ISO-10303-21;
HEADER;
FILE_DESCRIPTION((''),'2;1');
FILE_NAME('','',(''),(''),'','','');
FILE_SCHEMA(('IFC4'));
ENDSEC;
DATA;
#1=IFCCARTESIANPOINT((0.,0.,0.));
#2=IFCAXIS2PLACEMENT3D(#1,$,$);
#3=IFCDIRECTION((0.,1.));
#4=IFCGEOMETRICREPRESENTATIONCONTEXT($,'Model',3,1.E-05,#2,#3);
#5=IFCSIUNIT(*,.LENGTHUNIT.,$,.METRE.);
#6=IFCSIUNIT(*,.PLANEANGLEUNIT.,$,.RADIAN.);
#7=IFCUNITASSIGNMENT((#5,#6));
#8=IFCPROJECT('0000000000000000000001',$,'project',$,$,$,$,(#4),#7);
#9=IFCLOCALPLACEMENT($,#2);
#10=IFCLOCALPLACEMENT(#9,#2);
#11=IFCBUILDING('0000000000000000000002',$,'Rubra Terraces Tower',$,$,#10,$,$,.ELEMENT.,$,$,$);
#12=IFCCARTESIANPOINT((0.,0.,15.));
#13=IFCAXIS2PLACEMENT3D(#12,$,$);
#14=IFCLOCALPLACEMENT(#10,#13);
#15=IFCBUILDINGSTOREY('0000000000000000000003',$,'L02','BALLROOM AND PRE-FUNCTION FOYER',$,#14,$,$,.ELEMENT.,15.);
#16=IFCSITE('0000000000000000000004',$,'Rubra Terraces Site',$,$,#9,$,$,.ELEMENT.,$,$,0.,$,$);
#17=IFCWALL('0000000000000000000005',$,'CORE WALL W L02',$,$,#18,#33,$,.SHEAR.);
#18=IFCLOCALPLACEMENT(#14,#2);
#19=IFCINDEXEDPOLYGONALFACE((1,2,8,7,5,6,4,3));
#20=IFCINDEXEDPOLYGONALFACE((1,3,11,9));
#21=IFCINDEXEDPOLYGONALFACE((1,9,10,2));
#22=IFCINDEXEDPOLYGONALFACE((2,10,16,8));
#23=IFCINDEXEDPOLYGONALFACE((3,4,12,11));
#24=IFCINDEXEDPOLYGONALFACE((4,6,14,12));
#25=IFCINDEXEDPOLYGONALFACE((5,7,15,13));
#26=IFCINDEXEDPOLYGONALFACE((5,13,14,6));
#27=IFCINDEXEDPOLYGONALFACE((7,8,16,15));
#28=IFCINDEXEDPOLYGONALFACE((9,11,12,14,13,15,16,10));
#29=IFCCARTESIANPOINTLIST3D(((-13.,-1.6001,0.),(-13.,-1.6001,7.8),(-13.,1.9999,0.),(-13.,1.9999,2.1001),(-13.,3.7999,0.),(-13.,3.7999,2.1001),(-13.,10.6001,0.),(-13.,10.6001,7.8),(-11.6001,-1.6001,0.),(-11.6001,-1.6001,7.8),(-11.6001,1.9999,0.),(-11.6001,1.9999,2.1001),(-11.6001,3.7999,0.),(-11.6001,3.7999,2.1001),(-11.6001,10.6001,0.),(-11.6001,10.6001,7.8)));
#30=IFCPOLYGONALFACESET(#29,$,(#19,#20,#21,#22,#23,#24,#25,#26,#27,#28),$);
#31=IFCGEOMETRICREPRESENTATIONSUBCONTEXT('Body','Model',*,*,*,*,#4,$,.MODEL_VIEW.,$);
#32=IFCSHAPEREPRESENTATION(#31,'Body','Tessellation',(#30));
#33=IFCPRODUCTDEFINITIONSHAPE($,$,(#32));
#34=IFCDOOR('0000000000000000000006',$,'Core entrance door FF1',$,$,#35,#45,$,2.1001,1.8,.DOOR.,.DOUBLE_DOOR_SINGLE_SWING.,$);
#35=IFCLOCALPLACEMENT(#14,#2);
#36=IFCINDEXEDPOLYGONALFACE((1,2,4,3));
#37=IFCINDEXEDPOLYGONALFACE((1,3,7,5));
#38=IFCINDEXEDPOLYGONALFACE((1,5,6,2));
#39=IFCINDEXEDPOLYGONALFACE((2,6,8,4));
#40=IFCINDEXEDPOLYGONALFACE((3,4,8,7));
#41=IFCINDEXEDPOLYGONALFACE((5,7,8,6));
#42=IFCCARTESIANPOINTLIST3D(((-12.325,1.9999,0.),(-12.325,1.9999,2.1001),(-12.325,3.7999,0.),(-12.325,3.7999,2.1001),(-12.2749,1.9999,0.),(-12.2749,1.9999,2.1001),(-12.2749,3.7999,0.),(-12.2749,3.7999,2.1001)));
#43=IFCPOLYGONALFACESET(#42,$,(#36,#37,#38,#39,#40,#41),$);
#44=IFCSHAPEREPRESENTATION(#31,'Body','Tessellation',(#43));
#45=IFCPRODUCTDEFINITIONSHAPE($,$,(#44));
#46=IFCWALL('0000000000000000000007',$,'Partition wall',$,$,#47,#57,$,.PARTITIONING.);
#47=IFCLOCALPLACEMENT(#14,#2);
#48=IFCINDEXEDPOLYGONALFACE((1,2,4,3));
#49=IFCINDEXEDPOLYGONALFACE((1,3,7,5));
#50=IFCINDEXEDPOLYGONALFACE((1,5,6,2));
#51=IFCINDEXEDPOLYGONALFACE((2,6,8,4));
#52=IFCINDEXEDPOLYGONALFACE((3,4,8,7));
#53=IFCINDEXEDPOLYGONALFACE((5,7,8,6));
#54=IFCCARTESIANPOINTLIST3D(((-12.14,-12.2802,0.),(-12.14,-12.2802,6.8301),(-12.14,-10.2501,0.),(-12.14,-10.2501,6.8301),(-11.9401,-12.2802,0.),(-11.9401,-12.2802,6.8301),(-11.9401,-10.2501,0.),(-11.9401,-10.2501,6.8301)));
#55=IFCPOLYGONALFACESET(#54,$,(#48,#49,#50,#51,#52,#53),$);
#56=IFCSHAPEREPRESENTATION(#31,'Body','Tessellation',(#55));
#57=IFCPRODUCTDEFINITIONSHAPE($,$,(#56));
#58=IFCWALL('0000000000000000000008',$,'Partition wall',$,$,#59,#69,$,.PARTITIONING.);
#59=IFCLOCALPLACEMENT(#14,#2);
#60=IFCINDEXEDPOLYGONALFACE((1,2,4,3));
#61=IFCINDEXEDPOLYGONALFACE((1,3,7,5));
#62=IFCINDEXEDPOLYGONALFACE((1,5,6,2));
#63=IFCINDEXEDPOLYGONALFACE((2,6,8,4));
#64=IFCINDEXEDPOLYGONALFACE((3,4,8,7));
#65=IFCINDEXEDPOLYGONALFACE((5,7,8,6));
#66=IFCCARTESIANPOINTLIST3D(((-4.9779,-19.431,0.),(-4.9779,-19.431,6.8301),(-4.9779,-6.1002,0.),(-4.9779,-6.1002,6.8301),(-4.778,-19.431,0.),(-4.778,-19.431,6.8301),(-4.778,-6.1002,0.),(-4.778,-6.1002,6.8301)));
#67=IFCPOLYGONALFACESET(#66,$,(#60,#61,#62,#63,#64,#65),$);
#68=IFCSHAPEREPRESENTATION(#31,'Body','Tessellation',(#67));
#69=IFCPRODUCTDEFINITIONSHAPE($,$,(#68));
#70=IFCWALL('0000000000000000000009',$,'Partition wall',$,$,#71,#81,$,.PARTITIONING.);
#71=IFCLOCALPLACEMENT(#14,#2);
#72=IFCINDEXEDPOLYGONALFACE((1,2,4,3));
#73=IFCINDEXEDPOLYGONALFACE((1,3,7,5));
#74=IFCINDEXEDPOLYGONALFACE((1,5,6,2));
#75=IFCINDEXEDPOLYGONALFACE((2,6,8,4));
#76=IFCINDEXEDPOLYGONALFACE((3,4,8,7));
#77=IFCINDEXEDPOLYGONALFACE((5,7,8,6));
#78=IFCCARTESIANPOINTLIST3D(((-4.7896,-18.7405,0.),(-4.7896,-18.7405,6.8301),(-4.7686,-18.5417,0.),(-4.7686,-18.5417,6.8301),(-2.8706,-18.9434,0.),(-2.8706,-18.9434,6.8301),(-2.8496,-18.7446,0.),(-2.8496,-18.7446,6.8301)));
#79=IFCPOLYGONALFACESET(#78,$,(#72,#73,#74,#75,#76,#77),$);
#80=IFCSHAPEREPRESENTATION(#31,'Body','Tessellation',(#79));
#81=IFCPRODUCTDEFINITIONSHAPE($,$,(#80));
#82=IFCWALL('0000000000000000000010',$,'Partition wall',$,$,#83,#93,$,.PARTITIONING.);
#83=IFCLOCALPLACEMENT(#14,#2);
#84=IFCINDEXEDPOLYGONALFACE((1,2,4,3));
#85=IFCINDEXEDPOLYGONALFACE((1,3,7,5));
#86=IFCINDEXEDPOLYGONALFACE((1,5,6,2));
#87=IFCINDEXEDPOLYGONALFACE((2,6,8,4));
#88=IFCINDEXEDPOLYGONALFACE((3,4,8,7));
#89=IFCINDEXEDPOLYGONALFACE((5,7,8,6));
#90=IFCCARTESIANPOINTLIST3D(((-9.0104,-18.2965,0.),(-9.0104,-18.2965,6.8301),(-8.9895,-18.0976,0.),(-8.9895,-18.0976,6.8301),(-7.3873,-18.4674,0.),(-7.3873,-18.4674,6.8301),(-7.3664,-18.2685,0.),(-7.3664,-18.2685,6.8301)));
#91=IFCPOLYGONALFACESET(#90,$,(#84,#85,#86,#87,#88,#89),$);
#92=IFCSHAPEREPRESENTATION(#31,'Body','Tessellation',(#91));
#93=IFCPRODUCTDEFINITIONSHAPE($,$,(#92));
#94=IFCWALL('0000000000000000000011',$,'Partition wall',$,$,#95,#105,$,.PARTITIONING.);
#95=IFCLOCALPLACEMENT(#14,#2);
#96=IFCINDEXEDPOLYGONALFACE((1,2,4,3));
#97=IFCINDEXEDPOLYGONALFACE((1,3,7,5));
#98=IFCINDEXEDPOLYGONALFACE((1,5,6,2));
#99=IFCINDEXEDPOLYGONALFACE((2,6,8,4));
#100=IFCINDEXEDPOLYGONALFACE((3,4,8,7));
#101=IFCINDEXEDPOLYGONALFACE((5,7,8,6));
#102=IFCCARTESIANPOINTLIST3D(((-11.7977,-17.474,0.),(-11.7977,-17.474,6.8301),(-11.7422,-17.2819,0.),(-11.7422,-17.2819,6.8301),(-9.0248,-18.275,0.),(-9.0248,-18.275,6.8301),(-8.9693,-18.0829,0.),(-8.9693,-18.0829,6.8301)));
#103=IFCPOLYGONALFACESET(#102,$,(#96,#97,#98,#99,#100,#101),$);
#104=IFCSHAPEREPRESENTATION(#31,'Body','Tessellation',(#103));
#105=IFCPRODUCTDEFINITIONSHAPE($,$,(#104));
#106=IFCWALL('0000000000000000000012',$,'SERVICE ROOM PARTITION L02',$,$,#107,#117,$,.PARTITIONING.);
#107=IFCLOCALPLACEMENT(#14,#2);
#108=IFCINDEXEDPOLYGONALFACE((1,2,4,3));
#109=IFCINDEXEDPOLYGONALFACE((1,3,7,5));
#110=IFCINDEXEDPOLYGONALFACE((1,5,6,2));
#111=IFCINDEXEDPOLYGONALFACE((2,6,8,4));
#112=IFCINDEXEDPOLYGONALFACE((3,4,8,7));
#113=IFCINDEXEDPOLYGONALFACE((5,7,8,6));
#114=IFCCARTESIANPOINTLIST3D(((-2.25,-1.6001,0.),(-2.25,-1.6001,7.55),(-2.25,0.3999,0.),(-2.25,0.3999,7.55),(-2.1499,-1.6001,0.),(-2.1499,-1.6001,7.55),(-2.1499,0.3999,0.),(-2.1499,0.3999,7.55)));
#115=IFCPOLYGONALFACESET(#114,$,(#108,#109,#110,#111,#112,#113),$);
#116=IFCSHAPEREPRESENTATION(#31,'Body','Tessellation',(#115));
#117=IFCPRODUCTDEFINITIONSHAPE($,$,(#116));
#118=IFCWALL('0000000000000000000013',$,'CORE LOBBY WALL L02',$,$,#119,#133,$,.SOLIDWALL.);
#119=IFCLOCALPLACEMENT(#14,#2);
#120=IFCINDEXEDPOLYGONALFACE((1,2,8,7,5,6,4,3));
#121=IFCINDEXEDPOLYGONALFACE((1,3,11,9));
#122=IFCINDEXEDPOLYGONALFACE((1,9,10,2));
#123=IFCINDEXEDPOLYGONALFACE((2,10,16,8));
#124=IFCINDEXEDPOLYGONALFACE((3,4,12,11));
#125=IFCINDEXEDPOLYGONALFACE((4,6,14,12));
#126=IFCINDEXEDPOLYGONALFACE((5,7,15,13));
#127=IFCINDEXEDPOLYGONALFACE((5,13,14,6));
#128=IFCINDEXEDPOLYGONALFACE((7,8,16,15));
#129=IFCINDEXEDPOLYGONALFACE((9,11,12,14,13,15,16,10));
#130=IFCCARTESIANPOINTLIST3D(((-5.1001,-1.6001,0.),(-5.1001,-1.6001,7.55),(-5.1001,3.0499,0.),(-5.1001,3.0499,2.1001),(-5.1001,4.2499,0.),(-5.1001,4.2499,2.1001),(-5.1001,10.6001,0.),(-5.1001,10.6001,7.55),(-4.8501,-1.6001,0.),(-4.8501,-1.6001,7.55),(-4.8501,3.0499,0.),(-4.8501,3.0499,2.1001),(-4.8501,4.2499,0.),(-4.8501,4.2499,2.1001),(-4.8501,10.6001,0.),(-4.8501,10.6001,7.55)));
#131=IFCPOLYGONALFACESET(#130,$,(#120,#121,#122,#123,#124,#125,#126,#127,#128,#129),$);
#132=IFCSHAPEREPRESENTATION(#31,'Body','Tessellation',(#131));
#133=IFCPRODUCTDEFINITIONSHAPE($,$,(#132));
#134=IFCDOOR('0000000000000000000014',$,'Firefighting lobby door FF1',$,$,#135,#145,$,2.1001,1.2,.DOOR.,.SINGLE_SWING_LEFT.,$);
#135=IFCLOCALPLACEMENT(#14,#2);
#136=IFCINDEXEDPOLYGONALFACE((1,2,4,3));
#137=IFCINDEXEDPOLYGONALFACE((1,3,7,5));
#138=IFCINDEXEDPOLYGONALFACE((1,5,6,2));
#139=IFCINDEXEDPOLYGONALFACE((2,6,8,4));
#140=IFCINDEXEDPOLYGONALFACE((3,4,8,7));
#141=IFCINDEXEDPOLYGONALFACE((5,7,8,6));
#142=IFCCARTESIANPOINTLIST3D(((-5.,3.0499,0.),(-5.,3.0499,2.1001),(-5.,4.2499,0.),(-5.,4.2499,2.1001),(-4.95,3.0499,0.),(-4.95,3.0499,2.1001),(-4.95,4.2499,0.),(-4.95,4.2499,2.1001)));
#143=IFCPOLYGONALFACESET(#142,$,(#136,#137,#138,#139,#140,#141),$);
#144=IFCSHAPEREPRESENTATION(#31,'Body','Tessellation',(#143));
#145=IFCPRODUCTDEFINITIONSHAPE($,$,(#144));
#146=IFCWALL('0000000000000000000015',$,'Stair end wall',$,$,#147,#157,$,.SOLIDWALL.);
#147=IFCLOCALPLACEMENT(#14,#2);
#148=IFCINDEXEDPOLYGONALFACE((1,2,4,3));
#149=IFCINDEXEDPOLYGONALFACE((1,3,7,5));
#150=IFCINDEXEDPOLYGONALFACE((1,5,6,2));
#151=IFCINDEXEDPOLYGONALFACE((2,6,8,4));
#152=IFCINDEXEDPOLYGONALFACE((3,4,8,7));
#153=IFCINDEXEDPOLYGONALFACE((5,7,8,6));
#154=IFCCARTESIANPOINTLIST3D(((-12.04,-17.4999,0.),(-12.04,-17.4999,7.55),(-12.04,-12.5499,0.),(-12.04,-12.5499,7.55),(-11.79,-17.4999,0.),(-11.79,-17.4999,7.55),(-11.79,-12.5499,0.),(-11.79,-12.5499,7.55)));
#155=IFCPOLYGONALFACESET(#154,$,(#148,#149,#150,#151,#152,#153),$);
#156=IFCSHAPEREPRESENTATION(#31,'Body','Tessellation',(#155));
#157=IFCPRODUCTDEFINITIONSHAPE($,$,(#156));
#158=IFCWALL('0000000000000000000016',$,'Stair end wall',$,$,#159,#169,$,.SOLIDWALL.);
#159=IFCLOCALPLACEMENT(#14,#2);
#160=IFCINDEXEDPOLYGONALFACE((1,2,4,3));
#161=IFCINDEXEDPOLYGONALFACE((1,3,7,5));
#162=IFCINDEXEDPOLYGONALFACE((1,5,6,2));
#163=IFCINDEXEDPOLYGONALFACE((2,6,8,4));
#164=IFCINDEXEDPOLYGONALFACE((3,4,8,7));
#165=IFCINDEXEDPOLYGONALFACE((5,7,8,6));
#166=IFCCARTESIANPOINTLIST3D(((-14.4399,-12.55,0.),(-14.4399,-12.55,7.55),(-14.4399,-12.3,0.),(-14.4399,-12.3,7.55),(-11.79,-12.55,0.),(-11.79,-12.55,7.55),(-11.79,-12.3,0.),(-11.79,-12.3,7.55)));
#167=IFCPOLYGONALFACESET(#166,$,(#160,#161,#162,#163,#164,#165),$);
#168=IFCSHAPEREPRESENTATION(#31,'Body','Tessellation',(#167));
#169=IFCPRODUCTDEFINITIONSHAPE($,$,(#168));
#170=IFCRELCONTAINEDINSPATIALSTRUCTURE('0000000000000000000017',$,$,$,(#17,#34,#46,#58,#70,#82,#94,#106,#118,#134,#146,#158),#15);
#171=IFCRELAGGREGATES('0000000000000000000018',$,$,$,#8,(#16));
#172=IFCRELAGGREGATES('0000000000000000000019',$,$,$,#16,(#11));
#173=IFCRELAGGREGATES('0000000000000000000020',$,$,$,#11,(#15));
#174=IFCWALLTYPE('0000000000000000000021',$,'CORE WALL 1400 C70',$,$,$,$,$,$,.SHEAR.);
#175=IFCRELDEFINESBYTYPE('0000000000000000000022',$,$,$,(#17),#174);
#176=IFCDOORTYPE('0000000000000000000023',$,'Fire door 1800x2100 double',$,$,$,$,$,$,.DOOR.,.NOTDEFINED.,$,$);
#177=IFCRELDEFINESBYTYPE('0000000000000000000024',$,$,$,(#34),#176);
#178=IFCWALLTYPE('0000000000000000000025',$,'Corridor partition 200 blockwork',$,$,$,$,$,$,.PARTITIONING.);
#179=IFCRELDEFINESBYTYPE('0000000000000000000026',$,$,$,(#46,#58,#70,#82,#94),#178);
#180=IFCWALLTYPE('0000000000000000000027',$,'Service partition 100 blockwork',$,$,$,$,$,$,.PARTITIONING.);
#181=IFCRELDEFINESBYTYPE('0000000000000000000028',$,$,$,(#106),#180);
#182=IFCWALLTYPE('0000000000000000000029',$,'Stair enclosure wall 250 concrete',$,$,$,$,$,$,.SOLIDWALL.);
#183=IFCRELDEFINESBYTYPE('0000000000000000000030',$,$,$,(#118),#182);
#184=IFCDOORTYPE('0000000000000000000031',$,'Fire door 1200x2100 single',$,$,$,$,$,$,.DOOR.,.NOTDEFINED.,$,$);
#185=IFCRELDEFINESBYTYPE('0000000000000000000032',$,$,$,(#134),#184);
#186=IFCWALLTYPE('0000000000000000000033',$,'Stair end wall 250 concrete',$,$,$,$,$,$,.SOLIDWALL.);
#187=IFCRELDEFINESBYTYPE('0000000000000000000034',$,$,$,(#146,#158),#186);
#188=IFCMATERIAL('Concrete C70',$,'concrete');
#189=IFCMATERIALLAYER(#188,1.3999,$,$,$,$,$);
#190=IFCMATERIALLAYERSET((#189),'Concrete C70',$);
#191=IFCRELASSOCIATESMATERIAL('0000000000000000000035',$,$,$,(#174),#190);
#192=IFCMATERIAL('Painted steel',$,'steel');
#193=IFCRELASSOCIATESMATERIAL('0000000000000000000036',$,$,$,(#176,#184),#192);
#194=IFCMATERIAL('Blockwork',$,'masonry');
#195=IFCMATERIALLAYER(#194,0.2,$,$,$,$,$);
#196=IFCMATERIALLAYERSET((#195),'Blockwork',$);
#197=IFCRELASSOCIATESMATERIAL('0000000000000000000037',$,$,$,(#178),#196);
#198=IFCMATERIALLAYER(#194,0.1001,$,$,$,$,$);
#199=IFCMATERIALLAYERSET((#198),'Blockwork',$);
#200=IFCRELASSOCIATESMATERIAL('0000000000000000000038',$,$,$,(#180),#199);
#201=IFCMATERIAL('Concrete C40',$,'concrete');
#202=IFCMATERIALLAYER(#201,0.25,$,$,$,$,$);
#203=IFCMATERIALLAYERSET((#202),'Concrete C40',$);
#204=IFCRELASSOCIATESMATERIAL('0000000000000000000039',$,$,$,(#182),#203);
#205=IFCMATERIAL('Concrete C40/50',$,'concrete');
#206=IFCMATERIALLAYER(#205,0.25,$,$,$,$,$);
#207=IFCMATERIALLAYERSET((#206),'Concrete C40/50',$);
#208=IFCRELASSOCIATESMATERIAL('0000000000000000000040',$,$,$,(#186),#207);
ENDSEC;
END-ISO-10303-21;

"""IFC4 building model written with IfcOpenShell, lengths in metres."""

from ifc_helpers import new_model, si_unit, direction, frame, frame_2d, origin, place, context, subcontext, project, spatial, rectangle, extrude, material, layer, layer_set, type_object, element, fill, save


model = new_model("IFC4")

# Units and contexts
model_context = context("Model", 3, precision=1e-05, world=origin(), true_north=direction((0.0, 1.0)))
body_context = subcontext(model_context, "Body", "Model", "MODEL_VIEW")
ifc_project = project(units=[si_unit("LENGTHUNIT", "METRE"), si_unit("PLANEANGLEUNIT", "RADIAN")], contexts=[model_context])

# Site, building, storey
site_placement = place(None, origin())
site = spatial("IfcSite", under=ifc_project, at=site_placement, Name="Rubra Terraces Site", CompositionType="ELEMENT", RefElevation=0.0)
building_placement = place(site_placement, origin())
building = spatial("IfcBuilding", under=site, at=building_placement, Name="Rubra Terraces Tower", CompositionType="ELEMENT")
storey_placement = place(building_placement, frame((0.0, 0.0, 15.0)))
storey = spatial("IfcBuildingStorey", under=building, at=storey_placement, Name="L02", Description="BALLROOM AND PRE-FUNCTION FOYER", CompositionType="ELEMENT", Elevation=15.0)

# Shared definitions
ifc_material_1 = material(Name="Concrete C70", Category="concrete")
ifc_layer_1 = layer(ifc_material_1, 1.3999)
ifc_layer_set_1 = layer_set([ifc_layer_1], Name="Concrete C70")
wall_type_1 = type_object("IfcWallType", Name="CORE WALL 1400 C70", PredefinedType="SHEAR", material=ifc_layer_set_1)
ifc_material_2 = material(Name="Painted steel", Category="steel")

# Wall, opening, door
wall_1_placement = place(storey_placement, frame((-12.3, -1.6001, 0.0), z_axis=(0.0, 0.0, 1.0), x_axis=(0.0, 1.0, 0.0)))
wall_1 = element("IfcWall", 1, at=wall_1_placement, inside=storey, type_object=wall_type_1, Name="CORE WALL W L02", PredefinedType="SHEAR", context=body_context, shape_type="SweptSolid", body=[
    extrude(rectangle(XDim=12.2002, YDim=1.3999, at=frame_2d((6.1001, 0.0))), origin(), (0.0, 0.0, 1.0), 7.8),
])
opening_1_placement = place(wall_1_placement, frame((3.6001, 0.0, 0.0)))
opening_1 = element("IfcOpeningElement", 2, at=opening_1_placement, cuts=wall_1, PredefinedType="OPENING", context=body_context, shape_type="SweptSolid", body=[
    extrude(rectangle(XDim=1.8, YDim=2.1001, at=frame_2d((0.8999, 1.05))), frame((0.0, 0.71, 0.0), z_axis=(0.0, -1.0, 0.0), x_axis=(1.0, 0.0, 0.0)), (0.0, 0.0, 1.0), 1.4199),
])
door_type_1 = type_object("IfcDoorType", Name="Fire door 1800x2100 double", OperationType="NOTDEFINED", PredefinedType="DOOR", material=ifc_material_2)
door_1_placement = place(opening_1_placement, origin())
door_1 = element("IfcDoor", 3, at=door_1_placement, inside=storey, type_object=door_type_1, Name="Core entrance door FF1", OperationType="DOUBLE_DOOR_SINGLE_SWING", OverallHeight=2.1001, OverallWidth=1.8, PredefinedType="DOOR", context=body_context, shape_type="SweptSolid", body=[
    extrude(rectangle(XDim=1.8, YDim=2.1001, at=frame_2d((0.8999, 1.05))), frame((0.0, 0.0249, 0.0), z_axis=(0.0, -1.0, 0.0), x_axis=(1.0, 0.0, 0.0)), (0.0, 0.0, 1.0), 0.05),
])
fill(opening_1, door_1)

# Walls
ifc_material_3 = material(Name="Blockwork", Category="masonry")
ifc_layer_2 = layer(ifc_material_3, 0.2)
ifc_layer_set_2 = layer_set([ifc_layer_2], Name="Blockwork")
wall_type_2 = type_object("IfcWallType", Name="Corridor partition 200 blockwork", PredefinedType="PARTITIONING", material=ifc_layer_set_2)
wall_2_placement = place(storey_placement, frame((-12.04, -10.25, 0.0), z_axis=(0.0, 0.0, 1.0), x_axis=(0.0, -1.0, 0.0)))
element("IfcWall", 4, at=wall_2_placement, inside=storey, type_object=wall_type_2, Name="Partition wall", PredefinedType="PARTITIONING", context=body_context, shape_type="SweptSolid", body=[
    extrude(rectangle(XDim=2.03, YDim=0.2, at=frame_2d((1.0151, 0.0))), origin(), (0.0, 0.0, 1.0), 6.8301),
])
wall_3_placement = place(storey_placement, frame((-4.8779, -6.1001, 0.0), z_axis=(0.0, 0.0, 1.0), x_axis=(0.0, -1.0, 0.0)))
element("IfcWall", 5, at=wall_3_placement, inside=storey, type_object=wall_type_2, Name="Partition wall", PredefinedType="PARTITIONING", context=body_context, shape_type="SweptSolid", body=[
    extrude(rectangle(XDim=13.3308, YDim=0.2, at=frame_2d((6.6655, 0.0))), origin(), (0.0, 0.0, 1.0), 6.8301),
])
wall_4_placement = place(storey_placement, frame((-2.8601, -18.844, 0.0), z_axis=(0.0, 0.0, 1.0), x_axis=(-0.994458, 0.105139, 0.0)))
element("IfcWall", 6, at=wall_4_placement, inside=storey, type_object=wall_type_2, Name="Partition wall", PredefinedType="PARTITIONING", context=body_context, shape_type="SweptSolid", body=[
    extrude(rectangle(XDim=1.9297, YDim=0.2, at=frame_2d((0.9648, 0.0))), origin(), (0.0, 0.0, 1.0), 6.8301),
])
wall_5_placement = place(storey_placement, frame((-7.377, -18.3679, 0.0), z_axis=(0.0, 0.0, 1.0), x_axis=(-0.994502, 0.104716, 0.0)))
element("IfcWall", 7, at=wall_5_placement, inside=storey, type_object=wall_type_2, Name="Partition wall", PredefinedType="PARTITIONING", context=body_context, shape_type="SweptSolid", body=[
    extrude(rectangle(XDim=1.6321, YDim=0.2, at=frame_2d((0.8159, 0.0))), origin(), (0.0, 0.0, 1.0), 6.8301),
])
wall_6_placement = place(storey_placement, frame((-8.9971, -18.179, 0.0), z_axis=(0.0, 0.0, 1.0), x_axis=(-0.960719, 0.277524, 0.0)))
element("IfcWall", 8, at=wall_6_placement, inside=storey, type_object=wall_type_2, Name="Partition wall", PredefinedType="PARTITIONING", context=body_context, shape_type="SweptSolid", body=[
    extrude(rectangle(XDim=2.8862, YDim=0.2, at=frame_2d((1.4431, 0.0))), origin(), (0.0, 0.0, 1.0), 6.8301),
])
ifc_layer_3 = layer(ifc_material_3, 0.1001)
ifc_layer_set_3 = layer_set([ifc_layer_3], Name="Blockwork")
wall_type_3 = type_object("IfcWallType", Name="Service partition 100 blockwork", PredefinedType="PARTITIONING", material=ifc_layer_set_3)
wall_7_placement = place(storey_placement, frame((-2.2, -1.6001, 0.0), z_axis=(0.0, 0.0, 1.0), x_axis=(0.0, 1.0, 0.0)))
element("IfcWall", 9, at=wall_7_placement, inside=storey, type_object=wall_type_3, Name="SERVICE ROOM PARTITION L02", PredefinedType="PARTITIONING", context=body_context, shape_type="SweptSolid", body=[
    extrude(rectangle(XDim=2.0, YDim=0.1001, at=frame_2d((1.0, 0.0))), origin(), (0.0, 0.0, 1.0), 7.55),
])

# Wall, opening, door
ifc_material_4 = material(Name="Concrete C40", Category="concrete")
ifc_layer_4 = layer(ifc_material_4, 0.25)
ifc_layer_set_4 = layer_set([ifc_layer_4], Name="Concrete C40")
wall_type_4 = type_object("IfcWallType", Name="Stair enclosure wall 250 concrete", PredefinedType="SOLIDWALL", material=ifc_layer_set_4)
wall_8_placement = place(storey_placement, frame((-4.9751, -1.6001, 0.0), z_axis=(0.0, 0.0, 1.0), x_axis=(0.0, 1.0, 0.0)))
wall_8 = element("IfcWall", 10, at=wall_8_placement, inside=storey, type_object=wall_type_4, Name="CORE LOBBY WALL L02", PredefinedType="SOLIDWALL", context=body_context, shape_type="SweptSolid", body=[
    extrude(rectangle(XDim=12.2002, YDim=0.25, at=frame_2d((6.1001, 0.0))), origin(), (0.0, 0.0, 1.0), 7.55),
])
opening_2_placement = place(wall_8_placement, frame((4.6499, 0.0, 0.0)))
opening_2 = element("IfcOpeningElement", 11, at=opening_2_placement, cuts=wall_8, PredefinedType="OPENING", context=body_context, shape_type="SweptSolid", body=[
    extrude(rectangle(XDim=1.2, YDim=2.1001, at=frame_2d((0.6001, 1.05))), frame((0.0, 0.135, 0.0), z_axis=(0.0, -1.0, 0.0), x_axis=(1.0, 0.0, 0.0)), (0.0, 0.0, 1.0), 0.27),
])
door_type_2 = type_object("IfcDoorType", Name="Fire door 1200x2100 single", OperationType="NOTDEFINED", PredefinedType="DOOR", material=ifc_material_2)
door_2_placement = place(opening_2_placement, origin())
door_2 = element("IfcDoor", 12, at=door_2_placement, inside=storey, type_object=door_type_2, Name="Firefighting lobby door FF1", OperationType="SINGLE_SWING_LEFT", OverallHeight=2.1001, OverallWidth=1.2, PredefinedType="DOOR", context=body_context, shape_type="SweptSolid", body=[
    extrude(rectangle(XDim=1.2, YDim=2.1001, at=frame_2d((0.6001, 1.05))), frame((0.0, 0.0249, 0.0), z_axis=(0.0, -1.0, 0.0), x_axis=(1.0, 0.0, 0.0)), (0.0, 0.0, 1.0), 0.05),
])
fill(opening_2, door_2)

# Walls
ifc_material_5 = material(Name="Concrete C40/50", Category="concrete")
ifc_layer_5 = layer(ifc_material_5, 0.25)
ifc_layer_set_5 = layer_set([ifc_layer_5], Name="Concrete C40/50")
wall_type_5 = type_object("IfcWallType", Name="Stair end wall 250 concrete", PredefinedType="SOLIDWALL", material=ifc_layer_set_5)
wall_9_placement = place(storey_placement, frame((-11.915, -17.5, 0.0), z_axis=(0.0, 0.0, 1.0), x_axis=(0.0, 1.0, 0.0)))
element("IfcWall", 13, at=wall_9_placement, inside=storey, type_object=wall_type_5, Name="Stair end wall", PredefinedType="SOLIDWALL", context=body_context, shape_type="SweptSolid", body=[
    extrude(rectangle(XDim=4.95, YDim=0.25, at=frame_2d((2.4751, 0.0))), origin(), (0.0, 0.0, 1.0), 7.55),
])
wall_10_placement = place(storey_placement, frame((-14.4399, -12.425, 0.0), z_axis=(0.0, 0.0, 1.0), x_axis=(1.0, 0.0, 0.0)))
element("IfcWall", 14, at=wall_10_placement, inside=storey, type_object=wall_type_5, Name="Stair end wall", PredefinedType="SOLIDWALL", context=body_context, shape_type="SweptSolid", body=[
    extrude(rectangle(XDim=2.6499, YDim=0.25, at=frame_2d((1.325, 0.0))), origin(), (0.0, 0.0, 1.0), 7.55),
])

save(model, "model.ifc")
